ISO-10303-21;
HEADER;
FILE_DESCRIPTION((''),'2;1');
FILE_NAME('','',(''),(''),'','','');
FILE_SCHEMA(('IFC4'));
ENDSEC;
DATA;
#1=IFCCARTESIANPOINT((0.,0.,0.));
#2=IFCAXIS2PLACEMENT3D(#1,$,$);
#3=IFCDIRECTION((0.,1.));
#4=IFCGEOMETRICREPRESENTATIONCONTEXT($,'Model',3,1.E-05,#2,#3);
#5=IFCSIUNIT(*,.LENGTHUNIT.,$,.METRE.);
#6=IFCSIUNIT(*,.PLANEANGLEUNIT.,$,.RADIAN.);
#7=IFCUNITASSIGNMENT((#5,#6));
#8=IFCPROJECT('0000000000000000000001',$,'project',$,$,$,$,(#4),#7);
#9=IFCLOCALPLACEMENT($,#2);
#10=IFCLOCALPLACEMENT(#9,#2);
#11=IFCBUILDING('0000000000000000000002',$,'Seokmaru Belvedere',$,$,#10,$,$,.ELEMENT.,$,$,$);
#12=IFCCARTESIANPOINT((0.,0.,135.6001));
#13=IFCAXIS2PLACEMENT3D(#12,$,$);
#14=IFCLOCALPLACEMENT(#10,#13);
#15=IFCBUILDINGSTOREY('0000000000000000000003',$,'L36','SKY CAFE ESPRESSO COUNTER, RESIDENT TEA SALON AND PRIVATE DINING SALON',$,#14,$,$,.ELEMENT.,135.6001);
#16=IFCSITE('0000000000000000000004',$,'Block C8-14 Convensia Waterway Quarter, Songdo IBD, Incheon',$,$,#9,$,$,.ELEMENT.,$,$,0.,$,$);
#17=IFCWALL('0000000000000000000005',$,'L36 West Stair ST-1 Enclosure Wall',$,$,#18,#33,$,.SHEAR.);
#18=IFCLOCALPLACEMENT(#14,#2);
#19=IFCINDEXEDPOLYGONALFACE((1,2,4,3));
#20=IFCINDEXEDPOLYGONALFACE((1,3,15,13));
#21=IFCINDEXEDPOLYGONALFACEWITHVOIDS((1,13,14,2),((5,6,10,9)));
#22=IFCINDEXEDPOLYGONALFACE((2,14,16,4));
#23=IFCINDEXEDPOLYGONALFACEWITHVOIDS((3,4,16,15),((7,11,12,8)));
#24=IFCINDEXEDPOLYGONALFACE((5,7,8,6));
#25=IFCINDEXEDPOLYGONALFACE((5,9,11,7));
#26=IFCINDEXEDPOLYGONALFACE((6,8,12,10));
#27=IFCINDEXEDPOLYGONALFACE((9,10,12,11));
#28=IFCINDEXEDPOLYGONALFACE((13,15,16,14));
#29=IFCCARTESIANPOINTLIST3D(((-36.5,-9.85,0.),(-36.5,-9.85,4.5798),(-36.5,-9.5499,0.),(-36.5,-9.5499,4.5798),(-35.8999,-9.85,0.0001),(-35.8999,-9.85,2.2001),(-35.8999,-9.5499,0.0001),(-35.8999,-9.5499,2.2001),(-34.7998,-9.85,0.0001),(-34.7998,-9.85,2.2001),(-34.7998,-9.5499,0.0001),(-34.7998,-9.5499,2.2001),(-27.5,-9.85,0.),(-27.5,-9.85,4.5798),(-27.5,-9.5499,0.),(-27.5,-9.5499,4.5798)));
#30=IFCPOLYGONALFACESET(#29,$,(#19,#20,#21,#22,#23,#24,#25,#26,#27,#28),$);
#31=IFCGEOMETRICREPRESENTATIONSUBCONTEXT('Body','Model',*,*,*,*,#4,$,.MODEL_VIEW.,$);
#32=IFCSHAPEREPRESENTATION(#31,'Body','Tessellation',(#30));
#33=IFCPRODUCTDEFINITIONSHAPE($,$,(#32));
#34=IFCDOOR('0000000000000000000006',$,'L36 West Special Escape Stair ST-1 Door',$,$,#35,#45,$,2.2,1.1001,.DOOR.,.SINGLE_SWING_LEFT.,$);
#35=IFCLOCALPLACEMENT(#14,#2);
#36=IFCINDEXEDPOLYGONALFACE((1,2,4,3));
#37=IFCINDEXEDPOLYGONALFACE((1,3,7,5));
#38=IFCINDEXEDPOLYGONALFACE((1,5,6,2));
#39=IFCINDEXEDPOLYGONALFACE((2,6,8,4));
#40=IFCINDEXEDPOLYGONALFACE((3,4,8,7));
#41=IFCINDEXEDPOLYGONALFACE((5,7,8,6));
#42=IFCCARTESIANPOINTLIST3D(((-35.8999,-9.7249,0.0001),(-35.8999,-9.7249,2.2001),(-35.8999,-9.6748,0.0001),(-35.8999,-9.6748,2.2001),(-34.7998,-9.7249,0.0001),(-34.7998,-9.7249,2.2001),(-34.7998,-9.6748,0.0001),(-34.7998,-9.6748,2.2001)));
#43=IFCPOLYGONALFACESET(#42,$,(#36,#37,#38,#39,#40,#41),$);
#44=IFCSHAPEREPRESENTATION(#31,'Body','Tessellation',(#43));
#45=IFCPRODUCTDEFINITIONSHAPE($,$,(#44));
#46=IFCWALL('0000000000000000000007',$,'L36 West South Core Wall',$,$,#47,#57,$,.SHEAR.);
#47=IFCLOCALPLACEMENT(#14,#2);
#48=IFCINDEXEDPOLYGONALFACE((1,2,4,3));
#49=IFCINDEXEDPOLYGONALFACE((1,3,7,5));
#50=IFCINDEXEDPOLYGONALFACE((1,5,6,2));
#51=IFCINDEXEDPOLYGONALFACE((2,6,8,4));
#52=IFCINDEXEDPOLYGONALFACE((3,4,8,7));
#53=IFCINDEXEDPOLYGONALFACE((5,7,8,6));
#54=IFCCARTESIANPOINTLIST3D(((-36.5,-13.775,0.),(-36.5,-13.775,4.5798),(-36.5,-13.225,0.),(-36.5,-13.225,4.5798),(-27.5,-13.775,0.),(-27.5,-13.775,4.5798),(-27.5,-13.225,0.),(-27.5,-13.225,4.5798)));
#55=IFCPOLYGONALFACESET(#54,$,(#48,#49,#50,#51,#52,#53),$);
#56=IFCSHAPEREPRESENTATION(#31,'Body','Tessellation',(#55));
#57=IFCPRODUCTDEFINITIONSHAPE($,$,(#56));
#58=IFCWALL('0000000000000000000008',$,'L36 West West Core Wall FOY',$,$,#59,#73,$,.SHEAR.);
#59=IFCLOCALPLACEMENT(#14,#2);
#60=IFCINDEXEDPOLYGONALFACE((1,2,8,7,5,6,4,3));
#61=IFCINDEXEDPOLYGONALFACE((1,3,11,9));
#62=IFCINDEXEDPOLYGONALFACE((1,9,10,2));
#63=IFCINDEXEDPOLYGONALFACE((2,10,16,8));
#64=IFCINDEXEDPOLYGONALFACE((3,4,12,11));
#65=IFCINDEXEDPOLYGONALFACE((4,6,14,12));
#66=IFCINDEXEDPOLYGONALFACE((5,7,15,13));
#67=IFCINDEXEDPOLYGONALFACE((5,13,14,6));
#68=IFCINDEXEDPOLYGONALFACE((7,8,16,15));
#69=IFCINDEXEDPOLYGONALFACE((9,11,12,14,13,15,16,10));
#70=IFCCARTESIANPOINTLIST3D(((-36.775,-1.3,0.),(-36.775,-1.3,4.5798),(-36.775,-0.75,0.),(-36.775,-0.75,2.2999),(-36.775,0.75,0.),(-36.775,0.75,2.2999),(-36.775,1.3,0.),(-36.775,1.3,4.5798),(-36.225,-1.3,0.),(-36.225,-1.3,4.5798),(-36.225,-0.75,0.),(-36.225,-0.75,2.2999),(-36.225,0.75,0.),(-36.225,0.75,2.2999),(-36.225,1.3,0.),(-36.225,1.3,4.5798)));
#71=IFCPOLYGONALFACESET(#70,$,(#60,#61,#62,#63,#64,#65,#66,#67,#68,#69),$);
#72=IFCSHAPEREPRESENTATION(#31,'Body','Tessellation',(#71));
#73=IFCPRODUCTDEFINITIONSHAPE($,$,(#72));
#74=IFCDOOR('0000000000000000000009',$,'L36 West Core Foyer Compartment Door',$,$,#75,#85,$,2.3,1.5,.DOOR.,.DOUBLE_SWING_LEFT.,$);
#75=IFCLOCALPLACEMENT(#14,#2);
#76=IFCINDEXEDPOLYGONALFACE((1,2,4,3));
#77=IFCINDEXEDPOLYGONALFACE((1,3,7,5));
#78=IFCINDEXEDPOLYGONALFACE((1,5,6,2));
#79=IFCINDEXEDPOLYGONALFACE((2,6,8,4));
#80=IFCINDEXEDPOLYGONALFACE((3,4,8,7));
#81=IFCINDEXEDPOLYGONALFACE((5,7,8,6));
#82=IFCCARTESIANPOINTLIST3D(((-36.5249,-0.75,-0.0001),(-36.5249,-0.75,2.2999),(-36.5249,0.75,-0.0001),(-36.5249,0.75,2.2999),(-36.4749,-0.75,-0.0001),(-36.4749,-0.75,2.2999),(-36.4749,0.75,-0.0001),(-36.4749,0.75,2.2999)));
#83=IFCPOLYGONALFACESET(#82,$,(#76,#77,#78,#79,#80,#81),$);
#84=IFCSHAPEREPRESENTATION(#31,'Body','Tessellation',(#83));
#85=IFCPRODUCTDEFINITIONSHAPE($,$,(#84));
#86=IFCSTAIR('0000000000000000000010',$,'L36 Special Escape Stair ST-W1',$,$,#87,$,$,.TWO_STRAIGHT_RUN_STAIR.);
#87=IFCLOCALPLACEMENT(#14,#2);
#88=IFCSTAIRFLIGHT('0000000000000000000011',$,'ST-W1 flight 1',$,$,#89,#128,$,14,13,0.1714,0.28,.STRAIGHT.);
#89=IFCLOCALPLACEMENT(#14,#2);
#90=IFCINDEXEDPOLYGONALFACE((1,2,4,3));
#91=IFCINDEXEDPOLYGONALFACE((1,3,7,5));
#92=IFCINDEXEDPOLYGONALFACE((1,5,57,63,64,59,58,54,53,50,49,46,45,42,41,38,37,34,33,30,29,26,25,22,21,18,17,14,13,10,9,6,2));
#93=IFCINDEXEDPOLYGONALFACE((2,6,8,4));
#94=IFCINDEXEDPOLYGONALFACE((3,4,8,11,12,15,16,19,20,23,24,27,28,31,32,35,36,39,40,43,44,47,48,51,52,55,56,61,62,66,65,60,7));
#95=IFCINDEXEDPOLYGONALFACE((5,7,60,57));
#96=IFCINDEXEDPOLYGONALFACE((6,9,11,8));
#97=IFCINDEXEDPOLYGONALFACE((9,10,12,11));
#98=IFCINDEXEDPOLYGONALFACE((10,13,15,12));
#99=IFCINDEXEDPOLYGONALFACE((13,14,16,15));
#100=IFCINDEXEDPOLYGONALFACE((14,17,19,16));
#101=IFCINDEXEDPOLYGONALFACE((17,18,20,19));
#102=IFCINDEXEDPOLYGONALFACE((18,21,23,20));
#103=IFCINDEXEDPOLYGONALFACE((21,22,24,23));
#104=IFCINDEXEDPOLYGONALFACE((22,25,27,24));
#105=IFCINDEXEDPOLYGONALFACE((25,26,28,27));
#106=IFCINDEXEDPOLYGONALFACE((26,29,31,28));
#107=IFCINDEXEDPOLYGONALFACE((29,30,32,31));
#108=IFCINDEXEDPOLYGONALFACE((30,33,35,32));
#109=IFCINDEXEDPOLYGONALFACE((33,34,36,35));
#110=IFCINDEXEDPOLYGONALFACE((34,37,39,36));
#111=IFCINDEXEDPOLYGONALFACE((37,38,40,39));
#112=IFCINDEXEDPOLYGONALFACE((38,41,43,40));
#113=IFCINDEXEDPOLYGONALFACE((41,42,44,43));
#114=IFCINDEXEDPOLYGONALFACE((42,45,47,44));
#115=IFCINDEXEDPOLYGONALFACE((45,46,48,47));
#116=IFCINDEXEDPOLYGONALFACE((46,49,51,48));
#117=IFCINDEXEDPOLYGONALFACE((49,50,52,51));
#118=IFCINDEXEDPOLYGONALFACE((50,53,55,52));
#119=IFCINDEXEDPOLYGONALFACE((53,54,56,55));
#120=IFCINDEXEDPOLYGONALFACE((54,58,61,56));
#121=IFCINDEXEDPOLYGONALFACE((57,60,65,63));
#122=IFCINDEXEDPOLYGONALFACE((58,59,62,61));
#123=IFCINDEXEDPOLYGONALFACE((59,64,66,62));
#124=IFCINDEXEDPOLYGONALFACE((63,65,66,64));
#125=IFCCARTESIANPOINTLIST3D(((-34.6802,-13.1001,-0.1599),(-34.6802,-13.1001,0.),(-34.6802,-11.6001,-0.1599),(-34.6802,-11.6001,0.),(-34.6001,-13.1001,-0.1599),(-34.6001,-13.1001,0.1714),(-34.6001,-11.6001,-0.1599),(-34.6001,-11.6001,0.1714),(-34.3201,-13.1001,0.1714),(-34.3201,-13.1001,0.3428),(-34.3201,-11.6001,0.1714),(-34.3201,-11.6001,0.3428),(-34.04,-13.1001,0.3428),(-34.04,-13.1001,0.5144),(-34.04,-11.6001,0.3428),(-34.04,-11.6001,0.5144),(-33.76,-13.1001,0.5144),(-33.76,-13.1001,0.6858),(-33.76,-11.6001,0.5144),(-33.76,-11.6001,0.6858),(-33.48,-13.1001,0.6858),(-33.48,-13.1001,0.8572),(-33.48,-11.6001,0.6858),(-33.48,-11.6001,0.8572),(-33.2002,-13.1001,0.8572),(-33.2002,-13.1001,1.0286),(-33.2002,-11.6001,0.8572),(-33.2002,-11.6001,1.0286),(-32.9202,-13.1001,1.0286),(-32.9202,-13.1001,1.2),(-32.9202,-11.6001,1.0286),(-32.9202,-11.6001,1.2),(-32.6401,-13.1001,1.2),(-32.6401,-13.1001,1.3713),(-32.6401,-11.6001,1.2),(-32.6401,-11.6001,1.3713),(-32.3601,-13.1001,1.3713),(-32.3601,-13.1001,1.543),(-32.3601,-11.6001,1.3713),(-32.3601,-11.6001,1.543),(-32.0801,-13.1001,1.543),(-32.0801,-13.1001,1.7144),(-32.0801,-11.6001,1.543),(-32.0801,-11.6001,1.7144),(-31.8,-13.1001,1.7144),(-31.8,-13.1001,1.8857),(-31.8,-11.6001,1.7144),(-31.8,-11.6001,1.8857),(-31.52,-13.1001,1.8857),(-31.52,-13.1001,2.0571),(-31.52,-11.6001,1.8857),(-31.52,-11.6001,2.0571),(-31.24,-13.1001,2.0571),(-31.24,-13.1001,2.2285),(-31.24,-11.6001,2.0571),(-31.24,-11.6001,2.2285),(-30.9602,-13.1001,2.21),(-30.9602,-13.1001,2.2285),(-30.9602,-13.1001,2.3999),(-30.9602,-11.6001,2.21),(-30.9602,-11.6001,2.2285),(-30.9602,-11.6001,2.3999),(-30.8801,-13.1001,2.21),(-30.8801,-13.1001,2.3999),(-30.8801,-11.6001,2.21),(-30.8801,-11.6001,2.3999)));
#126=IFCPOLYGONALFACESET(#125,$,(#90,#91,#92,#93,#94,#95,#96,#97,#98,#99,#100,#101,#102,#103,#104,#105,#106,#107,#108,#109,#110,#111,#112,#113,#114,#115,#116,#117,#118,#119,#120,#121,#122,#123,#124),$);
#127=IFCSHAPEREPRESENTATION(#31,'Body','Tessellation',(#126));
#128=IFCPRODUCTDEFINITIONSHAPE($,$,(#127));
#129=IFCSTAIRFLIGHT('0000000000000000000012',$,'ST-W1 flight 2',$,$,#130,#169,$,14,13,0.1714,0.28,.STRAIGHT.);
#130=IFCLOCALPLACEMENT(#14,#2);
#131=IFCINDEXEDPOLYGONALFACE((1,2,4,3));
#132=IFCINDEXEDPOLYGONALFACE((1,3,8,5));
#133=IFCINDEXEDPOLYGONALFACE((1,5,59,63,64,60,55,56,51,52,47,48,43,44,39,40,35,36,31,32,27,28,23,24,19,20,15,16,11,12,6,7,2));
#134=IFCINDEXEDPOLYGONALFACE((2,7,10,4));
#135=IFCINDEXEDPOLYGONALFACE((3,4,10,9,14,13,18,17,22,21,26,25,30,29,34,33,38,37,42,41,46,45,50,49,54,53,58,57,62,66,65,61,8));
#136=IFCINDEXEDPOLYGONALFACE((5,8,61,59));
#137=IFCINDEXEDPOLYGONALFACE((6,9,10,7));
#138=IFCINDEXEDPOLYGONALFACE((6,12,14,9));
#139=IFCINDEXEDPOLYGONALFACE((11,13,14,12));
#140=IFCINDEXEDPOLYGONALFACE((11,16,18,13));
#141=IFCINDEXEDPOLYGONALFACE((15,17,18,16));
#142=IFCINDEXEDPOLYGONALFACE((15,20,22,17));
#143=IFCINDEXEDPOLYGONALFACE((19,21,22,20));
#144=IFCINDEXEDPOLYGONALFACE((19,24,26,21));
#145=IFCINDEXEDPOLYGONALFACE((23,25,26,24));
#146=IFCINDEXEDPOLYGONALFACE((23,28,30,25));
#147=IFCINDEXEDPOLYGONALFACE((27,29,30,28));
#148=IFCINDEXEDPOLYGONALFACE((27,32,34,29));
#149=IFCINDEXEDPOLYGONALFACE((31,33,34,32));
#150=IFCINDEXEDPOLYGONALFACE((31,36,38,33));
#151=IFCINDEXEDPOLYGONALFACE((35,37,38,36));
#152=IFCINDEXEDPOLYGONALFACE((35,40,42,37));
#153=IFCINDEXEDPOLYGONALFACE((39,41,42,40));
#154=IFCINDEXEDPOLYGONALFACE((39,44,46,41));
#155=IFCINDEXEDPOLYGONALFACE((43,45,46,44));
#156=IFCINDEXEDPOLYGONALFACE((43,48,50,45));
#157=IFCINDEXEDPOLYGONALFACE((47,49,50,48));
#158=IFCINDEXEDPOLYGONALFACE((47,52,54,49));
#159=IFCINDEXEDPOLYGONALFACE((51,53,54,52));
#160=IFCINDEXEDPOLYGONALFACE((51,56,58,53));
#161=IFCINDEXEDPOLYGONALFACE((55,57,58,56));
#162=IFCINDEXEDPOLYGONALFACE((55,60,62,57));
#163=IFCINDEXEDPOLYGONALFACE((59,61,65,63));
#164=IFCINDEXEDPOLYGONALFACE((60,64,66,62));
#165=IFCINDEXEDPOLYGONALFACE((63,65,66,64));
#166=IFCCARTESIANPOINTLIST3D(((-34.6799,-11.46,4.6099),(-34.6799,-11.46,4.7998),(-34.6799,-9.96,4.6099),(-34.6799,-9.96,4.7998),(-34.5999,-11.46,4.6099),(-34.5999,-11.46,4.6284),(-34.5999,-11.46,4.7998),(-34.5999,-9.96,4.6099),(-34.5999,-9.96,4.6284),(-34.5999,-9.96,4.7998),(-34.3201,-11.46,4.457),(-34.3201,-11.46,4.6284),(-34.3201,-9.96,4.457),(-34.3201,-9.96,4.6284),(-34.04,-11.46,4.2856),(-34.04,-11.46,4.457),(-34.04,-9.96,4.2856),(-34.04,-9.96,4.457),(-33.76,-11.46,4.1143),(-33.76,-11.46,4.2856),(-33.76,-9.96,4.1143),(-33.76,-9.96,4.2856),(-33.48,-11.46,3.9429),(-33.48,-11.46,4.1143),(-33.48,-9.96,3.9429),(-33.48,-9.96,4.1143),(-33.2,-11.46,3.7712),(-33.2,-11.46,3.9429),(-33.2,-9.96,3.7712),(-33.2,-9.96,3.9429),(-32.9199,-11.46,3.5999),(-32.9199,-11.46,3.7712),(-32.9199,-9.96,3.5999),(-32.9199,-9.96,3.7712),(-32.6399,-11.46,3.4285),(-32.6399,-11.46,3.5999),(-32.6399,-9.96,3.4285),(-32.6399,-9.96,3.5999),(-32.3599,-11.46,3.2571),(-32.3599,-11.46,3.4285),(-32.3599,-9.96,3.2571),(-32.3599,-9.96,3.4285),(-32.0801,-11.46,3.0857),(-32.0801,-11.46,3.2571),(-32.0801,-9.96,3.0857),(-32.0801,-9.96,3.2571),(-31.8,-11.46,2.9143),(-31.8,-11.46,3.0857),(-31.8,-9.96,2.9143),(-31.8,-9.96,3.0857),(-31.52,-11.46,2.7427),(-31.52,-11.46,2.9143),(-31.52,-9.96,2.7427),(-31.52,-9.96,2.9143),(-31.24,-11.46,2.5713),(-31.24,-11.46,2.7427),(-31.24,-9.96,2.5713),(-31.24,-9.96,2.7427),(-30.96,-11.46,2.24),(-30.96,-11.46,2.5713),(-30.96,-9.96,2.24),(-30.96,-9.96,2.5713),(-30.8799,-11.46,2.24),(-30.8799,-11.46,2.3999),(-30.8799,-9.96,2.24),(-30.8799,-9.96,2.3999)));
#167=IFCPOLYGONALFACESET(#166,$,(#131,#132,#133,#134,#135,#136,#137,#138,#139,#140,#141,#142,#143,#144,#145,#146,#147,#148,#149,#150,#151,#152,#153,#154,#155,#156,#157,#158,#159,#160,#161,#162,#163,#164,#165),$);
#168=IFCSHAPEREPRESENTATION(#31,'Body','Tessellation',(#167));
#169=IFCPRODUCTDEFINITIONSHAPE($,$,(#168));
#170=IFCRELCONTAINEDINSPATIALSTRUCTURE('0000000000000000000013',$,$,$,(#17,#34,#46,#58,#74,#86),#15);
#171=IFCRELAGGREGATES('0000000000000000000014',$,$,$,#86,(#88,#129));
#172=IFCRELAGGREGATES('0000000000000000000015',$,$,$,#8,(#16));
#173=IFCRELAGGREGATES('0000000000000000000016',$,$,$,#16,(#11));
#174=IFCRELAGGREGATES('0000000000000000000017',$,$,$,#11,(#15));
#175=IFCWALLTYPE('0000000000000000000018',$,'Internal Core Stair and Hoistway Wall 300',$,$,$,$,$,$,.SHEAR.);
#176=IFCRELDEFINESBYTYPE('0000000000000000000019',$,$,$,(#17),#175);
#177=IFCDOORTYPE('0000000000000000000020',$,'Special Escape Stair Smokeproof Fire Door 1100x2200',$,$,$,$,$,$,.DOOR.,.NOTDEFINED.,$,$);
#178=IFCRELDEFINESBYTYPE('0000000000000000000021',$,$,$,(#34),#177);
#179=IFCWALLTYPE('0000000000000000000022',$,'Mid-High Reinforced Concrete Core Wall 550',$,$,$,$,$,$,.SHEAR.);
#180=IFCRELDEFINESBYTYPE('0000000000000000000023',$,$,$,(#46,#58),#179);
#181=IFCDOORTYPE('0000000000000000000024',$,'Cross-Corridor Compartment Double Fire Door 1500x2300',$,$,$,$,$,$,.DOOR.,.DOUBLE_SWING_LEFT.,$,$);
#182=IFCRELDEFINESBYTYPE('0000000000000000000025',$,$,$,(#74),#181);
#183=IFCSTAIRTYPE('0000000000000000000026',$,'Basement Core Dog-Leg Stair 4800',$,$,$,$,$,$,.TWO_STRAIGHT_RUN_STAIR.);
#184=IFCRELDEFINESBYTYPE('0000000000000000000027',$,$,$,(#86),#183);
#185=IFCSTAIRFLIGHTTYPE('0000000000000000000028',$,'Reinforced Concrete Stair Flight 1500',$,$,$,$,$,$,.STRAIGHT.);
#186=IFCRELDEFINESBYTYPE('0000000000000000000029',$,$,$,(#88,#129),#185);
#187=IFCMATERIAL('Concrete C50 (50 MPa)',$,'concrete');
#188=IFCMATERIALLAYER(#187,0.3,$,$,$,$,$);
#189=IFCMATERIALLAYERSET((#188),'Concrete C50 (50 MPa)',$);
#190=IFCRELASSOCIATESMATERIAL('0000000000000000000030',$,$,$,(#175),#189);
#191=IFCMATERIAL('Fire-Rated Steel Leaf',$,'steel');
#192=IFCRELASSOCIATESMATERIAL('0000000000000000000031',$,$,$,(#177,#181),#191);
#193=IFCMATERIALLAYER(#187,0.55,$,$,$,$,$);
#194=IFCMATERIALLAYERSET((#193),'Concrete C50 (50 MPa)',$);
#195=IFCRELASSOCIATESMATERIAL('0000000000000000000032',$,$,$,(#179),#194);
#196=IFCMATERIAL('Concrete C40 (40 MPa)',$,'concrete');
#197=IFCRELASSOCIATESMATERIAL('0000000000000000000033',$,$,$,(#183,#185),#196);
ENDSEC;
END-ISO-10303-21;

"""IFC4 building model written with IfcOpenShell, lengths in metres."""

from ifc_helpers import new_model, si_unit, direction, frame, frame_2d, origin, place, context, subcontext, project, spatial, polyline, rectangle, outline, extrude, source, transform, mapped, material, layer, layer_set, type_object, type_shapes, element, fill, aggregate, save


model = new_model("IFC4")

# Units and contexts
model_context = context("Model", 3, precision=1e-05, world=origin(), true_north=direction((0.0, 1.0)))
body_context = subcontext(model_context, "Body", "Model", "MODEL_VIEW")
ifc_project = project(units=[si_unit("LENGTHUNIT", "METRE"), si_unit("PLANEANGLEUNIT", "RADIAN")], contexts=[model_context])

# Site, building, storey
site_placement = place(None, origin())
site = spatial("IfcSite", under=ifc_project, at=site_placement, Name="Block C8-14 Convensia Waterway Quarter, Songdo IBD, Incheon", CompositionType="ELEMENT", RefElevation=0.0)
building_placement = place(site_placement, origin())
building = spatial("IfcBuilding", under=site, at=building_placement, Name="Seokmaru Belvedere", CompositionType="ELEMENT")
storey_placement = place(building_placement, frame((0.0, 0.0, 135.6001)))
storey = spatial("IfcBuildingStorey", under=building, at=storey_placement, Name="L36", Description="SKY CAFE ESPRESSO COUNTER, RESIDENT TEA SALON AND PRIVATE DINING SALON", CompositionType="ELEMENT", Elevation=135.6001)

# Shared definitions
ifc_material_1 = material(Name="Fire-Rated Steel Leaf", Category="steel")

# Wall, opening, door
ifc_material_2 = material(Name="Concrete C50 (50 MPa)", Category="concrete")
ifc_layer_1 = layer(ifc_material_2, 0.3)
ifc_layer_set_1 = layer_set([ifc_layer_1], Name="Concrete C50 (50 MPa)")
wall_type_1 = type_object("IfcWallType", Name="Internal Core Stair and Hoistway Wall 300", PredefinedType="SHEAR", material=ifc_layer_set_1)
wall_1_placement = place(storey_placement, frame((-36.5, -9.7, 0.0), z_axis=(0.0, 0.0, 1.0), x_axis=(1.0, 0.0, 0.0)))
wall_1 = element("IfcWall", 1, at=wall_1_placement, inside=storey, type_object=wall_type_1, Name="L36 West Stair ST-1 Enclosure Wall", PredefinedType="SHEAR", context=body_context, shape_type="SweptSolid", body=[
    extrude(rectangle(XDim=9.0, YDim=0.3, at=frame_2d((4.5, 0.0))), origin(), (0.0, 0.0, 1.0), 4.5798),
])
opening_1_placement = place(wall_1_placement, frame((0.6001, 0.0, 0.0)))
opening_1 = element("IfcOpeningElement", 2, at=opening_1_placement, cuts=wall_1, PredefinedType="OPENING", context=body_context, shape_type="SweptSolid", body=[
    extrude(rectangle(XDim=1.1001, YDim=2.2, at=frame_2d((0.55, 1.1001))), frame((0.0, 0.1602, 0.0), z_axis=(0.0, -1.0, 0.0), x_axis=(1.0, 0.0, 0.0)), (0.0, 0.0, 1.0), 0.3201),
])
door_type_1 = type_object("IfcDoorType", Name="Special Escape Stair Smokeproof Fire Door 1100x2200", OperationType="NOTDEFINED", PredefinedType="DOOR", material=ifc_material_1)
shared_shape_1 = source(origin(), body_context, "Body", "SweptSolid", [
    extrude(rectangle(XDim=1.1001, YDim=2.2, at=frame_2d((0.55, 1.1001))), frame((0.0, 0.0249, 0.0), z_axis=(0.0, -1.0, 0.0), x_axis=(1.0, 0.0, 0.0)), (0.0, 0.0, 1.0), 0.05),
])
type_shapes(door_type_1, [shared_shape_1])
door_1_placement = place(opening_1_placement, frame((1.1001, 0.0, 0.0), z_axis=(0.0, 0.0, 1.0), x_axis=(-1.0, 0.0, 0.0)))
door_1 = element("IfcDoor", 3, at=door_1_placement, inside=storey, type_object=door_type_1, Name="L36 West Special Escape Stair ST-1 Door", OperationType="SINGLE_SWING_LEFT", OverallHeight=2.2, OverallWidth=1.1001, PredefinedType="DOOR", context=body_context, shape_type="MappedRepresentation", body=[
    mapped(shared_shape_1, transform((0.0, 0.0, 0.0), scale=1.0)),
])
fill(opening_1, door_1)

# Wall
ifc_layer_2 = layer(ifc_material_2, 0.55)
ifc_layer_set_2 = layer_set([ifc_layer_2], Name="Concrete C50 (50 MPa)")
wall_type_2 = type_object("IfcWallType", Name="Mid-High Reinforced Concrete Core Wall 550", PredefinedType="SHEAR", material=ifc_layer_set_2)
wall_2_placement = place(storey_placement, frame((-36.5, -13.5, 0.0), z_axis=(0.0, 0.0, 1.0), x_axis=(1.0, 0.0, 0.0)))
element("IfcWall", 4, at=wall_2_placement, inside=storey, type_object=wall_type_2, Name="L36 West South Core Wall", PredefinedType="SHEAR", context=body_context, shape_type="SweptSolid", body=[
    extrude(rectangle(XDim=9.0, YDim=0.55, at=frame_2d((4.5, 0.0))), origin(), (0.0, 0.0, 1.0), 4.5798),
])

# Wall, opening, door
wall_3_placement = place(storey_placement, frame((-36.5, -1.3, 0.0), z_axis=(0.0, 0.0, 1.0), x_axis=(0.0, 1.0, 0.0)))
wall_3 = element("IfcWall", 5, at=wall_3_placement, inside=storey, type_object=wall_type_2, Name="L36 West West Core Wall FOY", PredefinedType="SHEAR", context=body_context, shape_type="SweptSolid", body=[
    extrude(rectangle(XDim=2.6001, YDim=0.55, at=frame_2d((1.3, 0.0))), origin(), (0.0, 0.0, 1.0), 4.5798),
])
opening_2_placement = place(wall_3_placement, frame((0.55, 0.0, 0.0)))
opening_2 = element("IfcOpeningElement", 6, at=opening_2_placement, cuts=wall_3, PredefinedType="OPENING", context=body_context, shape_type="SweptSolid", body=[
    extrude(rectangle(XDim=1.5, YDim=2.3, at=frame_2d((0.75, 1.1499))), frame((0.0, 0.2852, 0.0), z_axis=(0.0, -1.0, 0.0), x_axis=(1.0, 0.0, 0.0)), (0.0, 0.0, 1.0), 0.5701),
])
door_type_2 = type_object("IfcDoorType", Name="Cross-Corridor Compartment Double Fire Door 1500x2300", OperationType="DOUBLE_SWING_LEFT", PredefinedType="DOOR", material=ifc_material_1)
shared_shape_2 = source(origin(), body_context, "Body", "SweptSolid", [
    extrude(rectangle(XDim=1.5, YDim=2.3, at=frame_2d((0.75, 1.1499))), frame((0.0, 0.0249, 0.0), z_axis=(0.0, -1.0, 0.0), x_axis=(1.0, 0.0, 0.0)), (0.0, 0.0, 1.0), 0.05),
])
type_shapes(door_type_2, [shared_shape_2])
door_2_placement = place(opening_2_placement, origin())
door_2 = element("IfcDoor", 7, at=door_2_placement, inside=storey, type_object=door_type_2, Name="L36 West Core Foyer Compartment Door", OperationType="DOUBLE_SWING_LEFT", OverallHeight=2.3, OverallWidth=1.5, PredefinedType="DOOR", context=body_context, shape_type="MappedRepresentation", body=[
    mapped(shared_shape_2, transform((0.0, 0.0, 0.0), scale=1.0)),
])
fill(opening_2, door_2)

# Stair, stair flights
ifc_material_3 = material(Name="Concrete C40 (40 MPa)", Category="concrete")
stair_type = type_object("IfcStairType", Name="Basement Core Dog-Leg Stair 4800", PredefinedType="TWO_STRAIGHT_RUN_STAIR", material=ifc_material_3)
stair_placement = place(storey_placement, origin())
stair = element("IfcStair", 8, at=stair_placement, inside=storey, type_object=stair_type, Name="L36 Special Escape Stair ST-W1", PredefinedType="TWO_STRAIGHT_RUN_STAIR")
stair_flight_type = type_object("IfcStairFlightType", Name="Reinforced Concrete Stair Flight 1500", PredefinedType="STRAIGHT", material=ifc_material_3)
stair_flight_1_placement = place(storey_placement, frame((-34.6001, -12.3501, 0.0), z_axis=(0.0, 0.0, 1.0), x_axis=(1.0, 0.0, 0.0)))
stair_flight_1 = element("IfcStairFlight", 9, at=stair_flight_1_placement, type_object=stair_flight_type, Name="ST-W1 flight 1", NumberOfRisers=14, NumberOfTreads=13, PredefinedType="STRAIGHT", RiserHeight=0.1714, TreadLength=0.28, context=body_context, shape_type="SweptSolid", body=[
    extrude(outline(polyline([(-0.0801, 0.0), (0.0, 0.1714), (0.28, 0.1714), (0.28, 0.3428), (0.5601, 0.3428), (0.5601, 0.5144), (0.8401, 0.5144), (0.8401, 0.6858), (1.1201, 0.6858), (1.1201, 0.8572), (1.3999, 0.8572), (1.3999, 1.0286), (1.6799, 1.0286), (1.6799, 1.2), (1.96, 1.2), (1.96, 1.3713), (2.24, 1.3713), (2.24, 1.543), (2.52, 1.543), (2.52, 1.7144), (2.8, 1.7144), (2.8, 1.8857), (3.0801, 1.8857), (3.0801, 2.0571), (3.3601, 2.0571), (3.3601, 2.2285), (3.6399, 2.2285), (3.6399, 2.3999), (3.72, 2.3999), (3.72, 2.21), (3.6399, 2.21), (0.0, -0.1599), (-0.0801, -0.1599), (-0.0801, 0.0)])), frame((0.0, 0.75, 0.0), z_axis=(0.0, -1.0, 0.0), x_axis=(1.0, 0.0, 0.0)), (0.0, 0.0, 1.0), 1.5),
])
stair_flight_2_placement = place(storey_placement, frame((-30.96, -10.71, 2.3999), z_axis=(0.0, 0.0, 1.0), x_axis=(-1.0, 0.0, 0.0)))
stair_flight_2 = element("IfcStairFlight", 10, at=stair_flight_2_placement, type_object=stair_flight_type, Name="ST-W1 flight 2", NumberOfRisers=14, NumberOfTreads=13, PredefinedType="STRAIGHT", RiserHeight=0.1714, TreadLength=0.28, context=body_context, shape_type="SweptSolid", body=[
    extrude(outline(polyline([(-0.0801, 0.0), (0.0, 0.1714), (0.28, 0.1714), (0.28, 0.3428), (0.5601, 0.3428), (0.5601, 0.5144), (0.8401, 0.5144), (0.8401, 0.6858), (1.1201, 0.6858), (1.1201, 0.8572), (1.3999, 0.8572), (1.3999, 1.0286), (1.6799, 1.0286), (1.6799, 1.2), (1.96, 1.2), (1.96, 1.3713), (2.24, 1.3713), (2.24, 1.543), (2.52, 1.543), (2.52, 1.7144), (2.8, 1.7144), (2.8, 1.8857), (3.0801, 1.8857), (3.0801, 2.0571), (3.3601, 2.0571), (3.3601, 2.2285), (3.6399, 2.2285), (3.6399, 2.3999), (3.72, 2.3999), (3.72, 2.21), (3.6399, 2.21), (0.0, -0.1599), (-0.0801, -0.1599), (-0.0801, 0.0)])), frame((0.0, 0.75, 0.0), z_axis=(0.0, -1.0, 0.0), x_axis=(1.0, 0.0, 0.0)), (0.0, 0.0, 1.0), 1.5),
])
aggregate(stair, [stair_flight_1, stair_flight_2])

save(model, "model.ifc")
